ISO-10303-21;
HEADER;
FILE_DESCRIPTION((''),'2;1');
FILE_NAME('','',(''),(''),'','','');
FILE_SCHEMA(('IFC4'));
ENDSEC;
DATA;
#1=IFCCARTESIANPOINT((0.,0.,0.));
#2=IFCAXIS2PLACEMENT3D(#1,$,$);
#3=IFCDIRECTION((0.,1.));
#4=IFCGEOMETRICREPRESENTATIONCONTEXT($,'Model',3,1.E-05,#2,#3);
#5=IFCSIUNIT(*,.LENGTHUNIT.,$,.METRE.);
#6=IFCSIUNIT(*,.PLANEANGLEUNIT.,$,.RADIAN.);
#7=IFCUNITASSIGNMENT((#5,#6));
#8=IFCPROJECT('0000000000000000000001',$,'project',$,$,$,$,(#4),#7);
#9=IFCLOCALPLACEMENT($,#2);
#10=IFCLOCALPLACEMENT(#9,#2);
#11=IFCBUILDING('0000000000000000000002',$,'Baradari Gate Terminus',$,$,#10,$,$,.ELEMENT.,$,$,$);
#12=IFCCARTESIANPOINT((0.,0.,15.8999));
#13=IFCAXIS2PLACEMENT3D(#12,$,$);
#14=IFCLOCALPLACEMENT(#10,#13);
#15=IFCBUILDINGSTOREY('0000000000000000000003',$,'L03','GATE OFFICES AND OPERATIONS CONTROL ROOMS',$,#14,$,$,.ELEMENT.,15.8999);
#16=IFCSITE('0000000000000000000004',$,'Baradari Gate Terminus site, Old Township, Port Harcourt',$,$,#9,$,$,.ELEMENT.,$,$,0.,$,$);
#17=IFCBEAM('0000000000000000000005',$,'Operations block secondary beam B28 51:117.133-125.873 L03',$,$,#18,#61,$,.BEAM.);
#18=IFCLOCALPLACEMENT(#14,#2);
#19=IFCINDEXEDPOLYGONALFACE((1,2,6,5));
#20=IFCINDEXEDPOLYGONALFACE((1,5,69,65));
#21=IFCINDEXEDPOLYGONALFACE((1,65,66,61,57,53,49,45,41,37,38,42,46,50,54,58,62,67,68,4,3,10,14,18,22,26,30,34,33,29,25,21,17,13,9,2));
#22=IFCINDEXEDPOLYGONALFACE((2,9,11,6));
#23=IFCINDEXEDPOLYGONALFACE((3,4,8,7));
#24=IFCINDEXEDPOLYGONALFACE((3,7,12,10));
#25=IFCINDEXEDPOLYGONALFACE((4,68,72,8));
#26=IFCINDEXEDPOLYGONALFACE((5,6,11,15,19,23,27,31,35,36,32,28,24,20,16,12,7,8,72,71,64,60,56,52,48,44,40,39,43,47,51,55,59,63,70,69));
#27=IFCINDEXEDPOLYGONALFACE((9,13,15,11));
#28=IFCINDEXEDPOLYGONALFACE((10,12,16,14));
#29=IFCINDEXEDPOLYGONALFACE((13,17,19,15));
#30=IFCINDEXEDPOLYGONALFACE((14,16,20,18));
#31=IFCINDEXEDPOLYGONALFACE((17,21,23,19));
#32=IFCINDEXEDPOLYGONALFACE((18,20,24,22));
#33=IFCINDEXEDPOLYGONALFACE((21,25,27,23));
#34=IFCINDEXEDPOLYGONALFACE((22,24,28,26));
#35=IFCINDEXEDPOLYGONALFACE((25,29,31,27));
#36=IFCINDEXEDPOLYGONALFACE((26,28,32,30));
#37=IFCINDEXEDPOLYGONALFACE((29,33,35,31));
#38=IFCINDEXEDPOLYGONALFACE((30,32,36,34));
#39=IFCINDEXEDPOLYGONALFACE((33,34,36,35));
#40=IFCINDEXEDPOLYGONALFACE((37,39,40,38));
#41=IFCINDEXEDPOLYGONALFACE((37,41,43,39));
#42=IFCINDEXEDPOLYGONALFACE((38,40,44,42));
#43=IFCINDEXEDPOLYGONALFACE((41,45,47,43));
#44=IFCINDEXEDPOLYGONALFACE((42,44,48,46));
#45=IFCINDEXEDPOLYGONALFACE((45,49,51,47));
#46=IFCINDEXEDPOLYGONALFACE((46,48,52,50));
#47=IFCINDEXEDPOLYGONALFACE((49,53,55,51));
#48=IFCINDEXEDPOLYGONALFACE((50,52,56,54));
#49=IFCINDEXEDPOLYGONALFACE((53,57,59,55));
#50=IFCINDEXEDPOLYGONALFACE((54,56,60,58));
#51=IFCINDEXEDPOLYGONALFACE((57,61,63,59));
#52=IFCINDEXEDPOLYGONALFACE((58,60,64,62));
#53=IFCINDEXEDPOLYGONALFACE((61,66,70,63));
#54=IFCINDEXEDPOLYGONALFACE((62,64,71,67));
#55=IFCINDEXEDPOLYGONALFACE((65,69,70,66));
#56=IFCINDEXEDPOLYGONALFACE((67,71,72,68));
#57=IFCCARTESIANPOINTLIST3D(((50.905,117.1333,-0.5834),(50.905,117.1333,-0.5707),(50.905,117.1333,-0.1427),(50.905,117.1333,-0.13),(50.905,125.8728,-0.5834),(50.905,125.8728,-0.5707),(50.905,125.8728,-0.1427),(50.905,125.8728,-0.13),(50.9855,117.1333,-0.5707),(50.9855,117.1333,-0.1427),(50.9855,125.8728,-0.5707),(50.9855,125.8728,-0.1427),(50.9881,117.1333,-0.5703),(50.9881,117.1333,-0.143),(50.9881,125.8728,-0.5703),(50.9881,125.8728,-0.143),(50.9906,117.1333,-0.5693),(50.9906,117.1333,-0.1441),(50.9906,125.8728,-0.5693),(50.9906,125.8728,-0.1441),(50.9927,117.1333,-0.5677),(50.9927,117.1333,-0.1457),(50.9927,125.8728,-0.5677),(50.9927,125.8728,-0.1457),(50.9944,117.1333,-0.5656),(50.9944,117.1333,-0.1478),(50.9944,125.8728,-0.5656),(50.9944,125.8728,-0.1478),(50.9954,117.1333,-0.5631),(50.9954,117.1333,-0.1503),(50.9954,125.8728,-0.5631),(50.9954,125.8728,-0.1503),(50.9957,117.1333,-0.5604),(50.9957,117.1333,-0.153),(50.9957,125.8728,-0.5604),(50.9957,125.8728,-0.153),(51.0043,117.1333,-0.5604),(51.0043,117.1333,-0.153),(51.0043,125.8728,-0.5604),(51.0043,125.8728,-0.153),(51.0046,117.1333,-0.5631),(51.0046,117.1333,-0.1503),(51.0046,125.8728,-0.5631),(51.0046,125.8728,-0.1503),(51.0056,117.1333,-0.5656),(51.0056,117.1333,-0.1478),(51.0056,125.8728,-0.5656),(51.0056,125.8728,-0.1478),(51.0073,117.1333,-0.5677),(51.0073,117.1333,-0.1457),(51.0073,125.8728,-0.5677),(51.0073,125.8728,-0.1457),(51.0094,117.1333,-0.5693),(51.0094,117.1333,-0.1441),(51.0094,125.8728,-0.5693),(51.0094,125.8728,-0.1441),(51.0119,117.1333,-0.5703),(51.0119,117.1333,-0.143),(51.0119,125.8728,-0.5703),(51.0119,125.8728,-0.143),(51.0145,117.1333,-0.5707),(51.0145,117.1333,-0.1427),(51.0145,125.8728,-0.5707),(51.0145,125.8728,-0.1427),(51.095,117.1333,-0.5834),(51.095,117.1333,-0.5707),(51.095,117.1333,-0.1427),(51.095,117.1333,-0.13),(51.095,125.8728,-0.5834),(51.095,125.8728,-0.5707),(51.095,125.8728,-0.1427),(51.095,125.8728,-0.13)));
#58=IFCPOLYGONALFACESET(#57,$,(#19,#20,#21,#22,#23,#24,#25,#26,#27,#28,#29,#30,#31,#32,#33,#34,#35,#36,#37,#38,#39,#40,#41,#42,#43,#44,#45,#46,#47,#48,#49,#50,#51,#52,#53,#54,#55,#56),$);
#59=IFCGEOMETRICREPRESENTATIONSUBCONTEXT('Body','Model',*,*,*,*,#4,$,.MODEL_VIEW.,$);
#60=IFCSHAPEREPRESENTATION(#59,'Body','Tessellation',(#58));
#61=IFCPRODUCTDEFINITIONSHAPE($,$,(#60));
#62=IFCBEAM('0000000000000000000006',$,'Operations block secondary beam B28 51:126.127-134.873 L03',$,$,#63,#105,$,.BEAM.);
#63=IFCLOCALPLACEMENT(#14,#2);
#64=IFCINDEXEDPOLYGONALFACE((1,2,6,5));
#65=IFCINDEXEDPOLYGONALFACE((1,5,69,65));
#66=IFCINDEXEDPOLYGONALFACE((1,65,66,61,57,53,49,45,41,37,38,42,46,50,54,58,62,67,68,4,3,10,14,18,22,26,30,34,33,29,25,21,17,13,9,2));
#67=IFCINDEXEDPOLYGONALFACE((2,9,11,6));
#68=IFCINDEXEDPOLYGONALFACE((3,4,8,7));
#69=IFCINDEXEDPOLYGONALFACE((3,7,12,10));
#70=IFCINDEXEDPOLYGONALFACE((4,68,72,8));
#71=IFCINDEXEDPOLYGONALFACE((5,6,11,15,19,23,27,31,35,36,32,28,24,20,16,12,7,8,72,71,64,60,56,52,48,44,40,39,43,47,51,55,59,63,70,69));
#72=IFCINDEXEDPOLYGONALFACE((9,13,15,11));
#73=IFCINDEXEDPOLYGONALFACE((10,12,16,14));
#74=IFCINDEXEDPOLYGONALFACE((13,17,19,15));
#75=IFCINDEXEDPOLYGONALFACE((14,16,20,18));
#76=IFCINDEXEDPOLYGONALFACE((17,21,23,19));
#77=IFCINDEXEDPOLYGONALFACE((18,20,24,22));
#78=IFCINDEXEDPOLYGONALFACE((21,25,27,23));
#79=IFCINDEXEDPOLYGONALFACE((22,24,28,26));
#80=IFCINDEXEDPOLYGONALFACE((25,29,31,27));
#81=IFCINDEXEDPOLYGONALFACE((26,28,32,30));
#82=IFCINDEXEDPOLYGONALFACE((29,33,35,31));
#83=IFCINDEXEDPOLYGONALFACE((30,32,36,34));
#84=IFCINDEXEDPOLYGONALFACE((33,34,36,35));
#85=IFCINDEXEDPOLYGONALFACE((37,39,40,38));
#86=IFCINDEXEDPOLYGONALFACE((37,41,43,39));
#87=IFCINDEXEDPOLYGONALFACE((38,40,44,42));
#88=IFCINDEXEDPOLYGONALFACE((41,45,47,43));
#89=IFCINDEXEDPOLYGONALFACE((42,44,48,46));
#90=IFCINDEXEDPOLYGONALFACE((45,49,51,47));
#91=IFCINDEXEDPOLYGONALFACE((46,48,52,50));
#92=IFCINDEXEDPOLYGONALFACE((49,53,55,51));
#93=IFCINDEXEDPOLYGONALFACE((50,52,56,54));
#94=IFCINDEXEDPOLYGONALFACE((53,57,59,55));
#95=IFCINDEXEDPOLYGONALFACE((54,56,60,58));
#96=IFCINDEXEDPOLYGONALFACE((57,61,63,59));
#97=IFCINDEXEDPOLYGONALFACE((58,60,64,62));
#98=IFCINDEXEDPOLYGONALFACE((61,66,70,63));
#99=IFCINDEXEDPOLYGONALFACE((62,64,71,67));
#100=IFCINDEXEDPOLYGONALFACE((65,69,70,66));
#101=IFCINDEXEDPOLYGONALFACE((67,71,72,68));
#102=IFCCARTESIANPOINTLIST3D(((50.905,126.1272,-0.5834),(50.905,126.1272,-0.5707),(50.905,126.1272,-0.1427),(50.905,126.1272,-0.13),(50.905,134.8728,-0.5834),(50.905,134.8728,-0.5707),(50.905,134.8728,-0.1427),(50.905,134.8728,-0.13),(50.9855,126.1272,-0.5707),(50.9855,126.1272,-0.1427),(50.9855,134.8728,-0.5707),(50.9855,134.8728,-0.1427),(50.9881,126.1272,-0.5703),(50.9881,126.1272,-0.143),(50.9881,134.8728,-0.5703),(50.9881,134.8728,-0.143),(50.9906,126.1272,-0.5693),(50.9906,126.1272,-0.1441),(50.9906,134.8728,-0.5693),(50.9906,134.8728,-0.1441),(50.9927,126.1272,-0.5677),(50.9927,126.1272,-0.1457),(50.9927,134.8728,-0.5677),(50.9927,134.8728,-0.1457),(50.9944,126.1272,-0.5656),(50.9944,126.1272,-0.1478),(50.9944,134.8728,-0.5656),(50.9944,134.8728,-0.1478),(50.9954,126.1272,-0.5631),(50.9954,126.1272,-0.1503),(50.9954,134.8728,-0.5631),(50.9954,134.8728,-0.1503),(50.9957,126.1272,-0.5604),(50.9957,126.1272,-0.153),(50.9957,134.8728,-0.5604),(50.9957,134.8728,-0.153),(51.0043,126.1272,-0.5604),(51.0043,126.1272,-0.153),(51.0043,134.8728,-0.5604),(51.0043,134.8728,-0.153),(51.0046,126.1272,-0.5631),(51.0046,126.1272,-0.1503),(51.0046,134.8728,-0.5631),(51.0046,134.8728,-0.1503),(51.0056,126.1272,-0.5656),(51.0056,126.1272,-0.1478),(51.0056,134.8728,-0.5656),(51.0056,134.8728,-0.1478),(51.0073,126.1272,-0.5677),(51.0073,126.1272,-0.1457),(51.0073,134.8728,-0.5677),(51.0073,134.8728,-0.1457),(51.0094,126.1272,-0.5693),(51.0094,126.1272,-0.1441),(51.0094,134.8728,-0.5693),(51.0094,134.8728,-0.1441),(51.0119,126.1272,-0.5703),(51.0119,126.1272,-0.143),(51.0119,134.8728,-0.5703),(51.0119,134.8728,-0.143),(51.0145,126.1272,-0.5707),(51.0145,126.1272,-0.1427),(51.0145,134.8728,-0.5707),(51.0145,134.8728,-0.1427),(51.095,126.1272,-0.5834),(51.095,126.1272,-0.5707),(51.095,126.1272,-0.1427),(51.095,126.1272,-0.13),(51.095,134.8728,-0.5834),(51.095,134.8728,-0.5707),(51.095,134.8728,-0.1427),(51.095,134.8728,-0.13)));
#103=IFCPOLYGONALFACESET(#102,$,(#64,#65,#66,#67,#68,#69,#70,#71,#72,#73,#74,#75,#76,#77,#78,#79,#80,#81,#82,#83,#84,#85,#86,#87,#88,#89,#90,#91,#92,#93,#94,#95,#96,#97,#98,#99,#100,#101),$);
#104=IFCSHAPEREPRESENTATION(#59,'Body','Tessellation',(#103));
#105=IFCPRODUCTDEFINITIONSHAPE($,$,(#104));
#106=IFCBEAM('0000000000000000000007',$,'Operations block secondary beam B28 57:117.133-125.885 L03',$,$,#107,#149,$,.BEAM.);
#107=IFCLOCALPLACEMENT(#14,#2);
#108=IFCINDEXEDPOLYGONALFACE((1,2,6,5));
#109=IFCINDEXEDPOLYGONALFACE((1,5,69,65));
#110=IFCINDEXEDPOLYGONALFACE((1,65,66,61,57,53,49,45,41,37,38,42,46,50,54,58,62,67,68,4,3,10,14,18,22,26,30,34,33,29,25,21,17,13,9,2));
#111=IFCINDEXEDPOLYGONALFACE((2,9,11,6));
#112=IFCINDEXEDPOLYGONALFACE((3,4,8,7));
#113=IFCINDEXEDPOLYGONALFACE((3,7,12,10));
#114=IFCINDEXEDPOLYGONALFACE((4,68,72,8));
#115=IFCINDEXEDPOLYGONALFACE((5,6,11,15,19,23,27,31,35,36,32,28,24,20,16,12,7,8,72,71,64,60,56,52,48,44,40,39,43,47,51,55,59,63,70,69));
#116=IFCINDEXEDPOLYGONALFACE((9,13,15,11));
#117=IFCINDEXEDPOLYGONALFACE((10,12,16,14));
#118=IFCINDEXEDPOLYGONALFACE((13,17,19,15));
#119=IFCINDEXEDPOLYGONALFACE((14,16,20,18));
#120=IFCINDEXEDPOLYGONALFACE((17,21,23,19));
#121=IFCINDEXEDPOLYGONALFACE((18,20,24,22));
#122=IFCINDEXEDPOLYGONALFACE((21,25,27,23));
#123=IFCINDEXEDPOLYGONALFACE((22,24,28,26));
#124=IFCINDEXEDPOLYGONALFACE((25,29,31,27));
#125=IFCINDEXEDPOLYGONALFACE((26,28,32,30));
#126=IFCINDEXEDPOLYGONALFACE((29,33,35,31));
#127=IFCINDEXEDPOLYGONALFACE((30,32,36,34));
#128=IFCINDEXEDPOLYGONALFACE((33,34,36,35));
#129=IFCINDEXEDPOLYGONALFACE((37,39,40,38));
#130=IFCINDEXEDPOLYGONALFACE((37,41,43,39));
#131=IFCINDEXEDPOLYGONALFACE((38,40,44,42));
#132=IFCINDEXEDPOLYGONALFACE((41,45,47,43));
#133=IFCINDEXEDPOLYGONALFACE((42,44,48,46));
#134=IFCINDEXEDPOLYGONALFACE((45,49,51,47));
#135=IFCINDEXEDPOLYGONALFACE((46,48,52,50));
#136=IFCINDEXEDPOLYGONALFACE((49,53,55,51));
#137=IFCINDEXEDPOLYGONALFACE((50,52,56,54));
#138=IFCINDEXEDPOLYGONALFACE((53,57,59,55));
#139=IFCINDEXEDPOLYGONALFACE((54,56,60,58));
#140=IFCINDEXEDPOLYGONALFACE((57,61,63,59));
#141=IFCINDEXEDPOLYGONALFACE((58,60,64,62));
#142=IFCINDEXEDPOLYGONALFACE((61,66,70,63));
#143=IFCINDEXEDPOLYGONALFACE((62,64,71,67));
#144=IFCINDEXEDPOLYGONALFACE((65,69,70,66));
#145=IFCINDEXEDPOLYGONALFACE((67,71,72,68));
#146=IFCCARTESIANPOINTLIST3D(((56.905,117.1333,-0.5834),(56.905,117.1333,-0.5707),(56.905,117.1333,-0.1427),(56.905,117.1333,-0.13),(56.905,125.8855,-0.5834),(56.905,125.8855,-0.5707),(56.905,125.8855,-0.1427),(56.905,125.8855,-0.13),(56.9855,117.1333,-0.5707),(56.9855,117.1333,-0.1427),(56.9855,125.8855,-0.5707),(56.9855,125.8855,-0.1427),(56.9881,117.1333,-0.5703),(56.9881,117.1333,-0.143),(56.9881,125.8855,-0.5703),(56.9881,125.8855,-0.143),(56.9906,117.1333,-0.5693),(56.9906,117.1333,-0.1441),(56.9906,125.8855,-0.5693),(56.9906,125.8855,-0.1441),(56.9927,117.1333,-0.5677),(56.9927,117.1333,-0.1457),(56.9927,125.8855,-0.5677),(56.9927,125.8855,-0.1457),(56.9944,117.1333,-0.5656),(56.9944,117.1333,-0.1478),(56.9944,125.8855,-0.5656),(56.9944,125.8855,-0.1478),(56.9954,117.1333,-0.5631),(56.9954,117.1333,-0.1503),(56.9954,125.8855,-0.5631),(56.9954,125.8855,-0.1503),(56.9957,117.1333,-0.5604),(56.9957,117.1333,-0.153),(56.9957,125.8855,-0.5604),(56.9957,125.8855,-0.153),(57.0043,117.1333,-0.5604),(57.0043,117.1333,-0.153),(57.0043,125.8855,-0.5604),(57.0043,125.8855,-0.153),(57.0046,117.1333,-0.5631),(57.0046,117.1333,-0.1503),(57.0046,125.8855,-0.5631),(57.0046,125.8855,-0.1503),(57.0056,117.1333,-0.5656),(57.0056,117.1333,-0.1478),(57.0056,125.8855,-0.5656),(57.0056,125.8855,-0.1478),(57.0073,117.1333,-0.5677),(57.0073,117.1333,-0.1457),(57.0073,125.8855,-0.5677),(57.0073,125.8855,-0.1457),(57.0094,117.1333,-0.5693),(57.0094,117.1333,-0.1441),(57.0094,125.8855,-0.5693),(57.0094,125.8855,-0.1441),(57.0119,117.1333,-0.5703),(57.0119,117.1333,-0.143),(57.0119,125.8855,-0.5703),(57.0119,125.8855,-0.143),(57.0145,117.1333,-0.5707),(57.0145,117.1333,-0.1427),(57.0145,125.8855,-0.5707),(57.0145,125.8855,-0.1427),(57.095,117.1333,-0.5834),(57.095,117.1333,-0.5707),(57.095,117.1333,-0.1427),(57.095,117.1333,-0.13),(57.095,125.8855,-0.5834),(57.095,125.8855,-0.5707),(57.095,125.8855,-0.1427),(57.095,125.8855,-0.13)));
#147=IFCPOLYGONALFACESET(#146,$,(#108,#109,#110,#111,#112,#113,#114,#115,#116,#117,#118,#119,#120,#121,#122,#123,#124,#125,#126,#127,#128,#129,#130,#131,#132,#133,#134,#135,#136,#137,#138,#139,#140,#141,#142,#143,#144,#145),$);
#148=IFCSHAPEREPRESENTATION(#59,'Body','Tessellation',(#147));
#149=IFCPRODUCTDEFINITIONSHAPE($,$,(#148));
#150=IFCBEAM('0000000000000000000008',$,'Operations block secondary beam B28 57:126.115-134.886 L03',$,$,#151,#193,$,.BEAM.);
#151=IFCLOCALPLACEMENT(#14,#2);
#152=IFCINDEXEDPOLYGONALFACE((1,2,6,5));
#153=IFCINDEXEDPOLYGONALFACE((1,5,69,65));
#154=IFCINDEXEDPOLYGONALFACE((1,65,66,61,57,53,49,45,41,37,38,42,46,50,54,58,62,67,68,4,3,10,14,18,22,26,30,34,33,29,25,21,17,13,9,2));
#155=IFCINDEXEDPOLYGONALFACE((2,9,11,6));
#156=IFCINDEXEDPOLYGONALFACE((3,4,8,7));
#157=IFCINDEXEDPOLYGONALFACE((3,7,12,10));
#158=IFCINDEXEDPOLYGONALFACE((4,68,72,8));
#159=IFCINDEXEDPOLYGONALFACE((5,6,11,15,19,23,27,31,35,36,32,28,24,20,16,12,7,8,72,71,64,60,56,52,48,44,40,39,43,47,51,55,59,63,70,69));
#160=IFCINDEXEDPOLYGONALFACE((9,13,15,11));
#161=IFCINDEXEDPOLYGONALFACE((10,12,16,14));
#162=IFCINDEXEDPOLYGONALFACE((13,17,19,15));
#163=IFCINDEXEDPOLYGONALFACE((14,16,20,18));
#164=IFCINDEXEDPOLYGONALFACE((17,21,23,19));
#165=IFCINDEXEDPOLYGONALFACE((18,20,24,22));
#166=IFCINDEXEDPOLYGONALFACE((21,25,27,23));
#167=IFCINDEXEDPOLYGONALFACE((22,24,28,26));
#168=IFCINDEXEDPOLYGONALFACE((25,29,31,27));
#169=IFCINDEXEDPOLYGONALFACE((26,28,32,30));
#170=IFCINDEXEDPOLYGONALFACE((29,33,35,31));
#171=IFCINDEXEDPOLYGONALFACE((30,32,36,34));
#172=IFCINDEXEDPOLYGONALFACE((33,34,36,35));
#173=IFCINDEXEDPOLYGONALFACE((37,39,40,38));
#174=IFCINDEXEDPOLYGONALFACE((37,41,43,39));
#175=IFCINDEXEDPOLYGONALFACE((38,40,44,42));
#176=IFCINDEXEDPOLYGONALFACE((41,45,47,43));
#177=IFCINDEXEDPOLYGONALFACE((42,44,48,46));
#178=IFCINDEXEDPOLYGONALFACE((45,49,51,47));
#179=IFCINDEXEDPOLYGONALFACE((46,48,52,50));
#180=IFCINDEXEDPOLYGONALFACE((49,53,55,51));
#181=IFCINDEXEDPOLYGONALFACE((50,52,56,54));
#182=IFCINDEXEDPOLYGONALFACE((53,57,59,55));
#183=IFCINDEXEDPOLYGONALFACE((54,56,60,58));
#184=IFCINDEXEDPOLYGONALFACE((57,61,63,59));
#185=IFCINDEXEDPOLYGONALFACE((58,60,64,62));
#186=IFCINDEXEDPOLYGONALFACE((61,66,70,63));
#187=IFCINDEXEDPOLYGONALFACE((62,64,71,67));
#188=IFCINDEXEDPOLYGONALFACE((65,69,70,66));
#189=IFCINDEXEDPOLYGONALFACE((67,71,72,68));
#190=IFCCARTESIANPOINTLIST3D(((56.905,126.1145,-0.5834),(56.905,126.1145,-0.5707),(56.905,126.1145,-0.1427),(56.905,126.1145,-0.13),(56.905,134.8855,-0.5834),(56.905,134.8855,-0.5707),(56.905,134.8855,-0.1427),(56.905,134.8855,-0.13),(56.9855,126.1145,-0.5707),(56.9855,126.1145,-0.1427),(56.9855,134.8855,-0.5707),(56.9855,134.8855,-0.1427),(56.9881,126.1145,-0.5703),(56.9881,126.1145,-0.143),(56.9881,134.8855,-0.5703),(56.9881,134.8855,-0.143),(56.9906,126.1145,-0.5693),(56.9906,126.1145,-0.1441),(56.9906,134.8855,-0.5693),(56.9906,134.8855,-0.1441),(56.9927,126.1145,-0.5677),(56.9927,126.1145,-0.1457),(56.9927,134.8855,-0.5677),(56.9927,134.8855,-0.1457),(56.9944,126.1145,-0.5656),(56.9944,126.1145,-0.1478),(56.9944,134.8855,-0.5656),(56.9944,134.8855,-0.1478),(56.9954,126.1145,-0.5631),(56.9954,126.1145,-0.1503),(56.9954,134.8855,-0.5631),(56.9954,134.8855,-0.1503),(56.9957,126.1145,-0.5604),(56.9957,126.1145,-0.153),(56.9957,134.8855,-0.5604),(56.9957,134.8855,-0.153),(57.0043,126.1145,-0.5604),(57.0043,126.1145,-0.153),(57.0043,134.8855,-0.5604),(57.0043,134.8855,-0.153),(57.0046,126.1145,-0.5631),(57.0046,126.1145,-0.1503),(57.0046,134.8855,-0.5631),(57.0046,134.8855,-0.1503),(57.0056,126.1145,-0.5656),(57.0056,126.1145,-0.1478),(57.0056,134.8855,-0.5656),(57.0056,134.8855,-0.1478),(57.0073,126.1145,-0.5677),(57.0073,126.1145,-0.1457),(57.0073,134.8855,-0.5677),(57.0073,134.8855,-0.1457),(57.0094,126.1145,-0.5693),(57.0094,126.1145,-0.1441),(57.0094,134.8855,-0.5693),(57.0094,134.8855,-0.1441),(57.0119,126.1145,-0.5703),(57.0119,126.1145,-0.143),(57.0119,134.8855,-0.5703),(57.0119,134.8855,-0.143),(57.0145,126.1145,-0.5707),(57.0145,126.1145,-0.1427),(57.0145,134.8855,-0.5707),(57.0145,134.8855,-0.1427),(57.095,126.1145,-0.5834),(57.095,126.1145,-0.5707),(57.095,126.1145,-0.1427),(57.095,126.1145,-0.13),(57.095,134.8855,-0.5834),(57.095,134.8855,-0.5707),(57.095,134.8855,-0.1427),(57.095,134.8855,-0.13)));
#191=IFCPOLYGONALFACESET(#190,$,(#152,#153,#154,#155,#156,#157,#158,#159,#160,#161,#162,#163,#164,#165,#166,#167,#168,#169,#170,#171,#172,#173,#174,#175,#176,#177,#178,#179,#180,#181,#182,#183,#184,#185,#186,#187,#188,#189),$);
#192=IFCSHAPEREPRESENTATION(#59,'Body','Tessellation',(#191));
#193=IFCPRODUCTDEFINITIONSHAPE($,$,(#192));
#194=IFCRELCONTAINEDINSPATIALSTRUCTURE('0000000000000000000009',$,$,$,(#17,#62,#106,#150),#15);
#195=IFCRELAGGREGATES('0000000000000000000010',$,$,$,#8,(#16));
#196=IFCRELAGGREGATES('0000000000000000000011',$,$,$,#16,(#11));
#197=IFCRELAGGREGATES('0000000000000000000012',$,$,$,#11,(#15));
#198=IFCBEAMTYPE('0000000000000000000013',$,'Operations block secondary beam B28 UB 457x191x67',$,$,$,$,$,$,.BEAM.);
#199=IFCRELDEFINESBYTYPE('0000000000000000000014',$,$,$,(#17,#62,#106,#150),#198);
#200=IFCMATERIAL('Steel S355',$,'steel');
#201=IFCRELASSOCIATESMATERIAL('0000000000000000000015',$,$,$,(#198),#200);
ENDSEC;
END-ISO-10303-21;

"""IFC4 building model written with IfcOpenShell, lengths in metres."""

from ifc_helpers import new_model, si_unit, direction, frame, origin, origin_2d, place, context, subcontext, project, spatial, i_section, extrude, material, material_profile, profile_set, type_object, element, save


model = new_model("IFC4")

# Units and contexts
model_context = context("Model", 3, precision=1e-05, world=origin(), true_north=direction((0.0, 1.0)))
body_context = subcontext(model_context, "Body", "Model", "MODEL_VIEW")
ifc_project = project(units=[si_unit("LENGTHUNIT", "METRE"), si_unit("PLANEANGLEUNIT", "RADIAN")], contexts=[model_context])

# Site, building, storey
site_placement = place(None, origin())
site = spatial("IfcSite", under=ifc_project, at=site_placement, Name="Baradari Gate Terminus site, Old Township, Port Harcourt", CompositionType="ELEMENT", RefElevation=0.0)
building_placement = place(site_placement, origin())
building = spatial("IfcBuilding", under=site, at=building_placement, Name="Baradari Gate Terminus", CompositionType="ELEMENT")
storey_placement = place(building_placement, frame((0.0, 0.0, 15.8999)))
storey = spatial("IfcBuildingStorey", under=building, at=storey_placement, Name="L03", Description="GATE OFFICES AND OPERATIONS CONTROL ROOMS", CompositionType="ELEMENT", Elevation=15.8999)

# Beams
ifc_material_1 = material(Name="Steel S355", Category="steel")
ifc_material_profile_1 = material_profile(ifc_material_1, i_section(OverallWidth=0.1899, OverallDepth=0.4534, WebThickness=0.0085, FlangeThickness=0.0127, FilletRadius=0.0103, at=origin_2d()), Name="UB 457x191x67")
ifc_profile_set_1 = profile_set([ifc_material_profile_1], Name="Steel S355")
beam_type_1 = type_object("IfcBeamType", Name="Operations block secondary beam B28 UB 457x191x67", PredefinedType="BEAM", material=ifc_profile_set_1)
beam_1_placement = place(storey_placement, frame((51.0, 117.1333, -0.3567), z_axis=(0.0, 1.0, 0.0), x_axis=(-1.0, 0.0, 0.0)))
element("IfcBeam", 1, at=beam_1_placement, inside=storey, type_object=beam_type_1, Name="Operations block secondary beam B28 51:117.133-125.873 L03", PredefinedType="BEAM", context=body_context, shape_type="SweptSolid", body=[
    extrude(i_section(OverallWidth=0.1899, OverallDepth=0.4534, WebThickness=0.0085, FlangeThickness=0.0127, FilletRadius=0.0103, at=origin_2d()), origin(), (0.0, 0.0, 1.0), 8.7395),
])
beam_2_placement = place(storey_placement, frame((51.0, 126.1272, -0.3567), z_axis=(0.0, 1.0, 0.0), x_axis=(-1.0, 0.0, 0.0)))
element("IfcBeam", 2, at=beam_2_placement, inside=storey, type_object=beam_type_1, Name="Operations block secondary beam B28 51:126.127-134.873 L03", PredefinedType="BEAM", context=body_context, shape_type="SweptSolid", body=[
    extrude(i_section(OverallWidth=0.1899, OverallDepth=0.4534, WebThickness=0.0085, FlangeThickness=0.0127, FilletRadius=0.0103, at=origin_2d()), origin(), (0.0, 0.0, 1.0), 8.7456),
])
beam_3_placement = place(storey_placement, frame((57.0, 117.1333, -0.3567), z_axis=(0.0, 1.0, 0.0), x_axis=(-1.0, 0.0, 0.0)))
element("IfcBeam", 3, at=beam_3_placement, inside=storey, type_object=beam_type_1, Name="Operations block secondary beam B28 57:117.133-125.885 L03", PredefinedType="BEAM", context=body_context, shape_type="SweptSolid", body=[
    extrude(i_section(OverallWidth=0.1899, OverallDepth=0.4534, WebThickness=0.0085, FlangeThickness=0.0127, FilletRadius=0.0103, at=origin_2d()), origin(), (0.0, 0.0, 1.0), 8.7522),
])
beam_4_placement = place(storey_placement, frame((57.0, 126.1145, -0.3567), z_axis=(0.0, 1.0, 0.0), x_axis=(-1.0, 0.0, 0.0)))
element("IfcBeam", 4, at=beam_4_placement, inside=storey, type_object=beam_type_1, Name="Operations block secondary beam B28 57:126.115-134.886 L03", PredefinedType="BEAM", context=body_context, shape_type="SweptSolid", body=[
    extrude(i_section(OverallWidth=0.1899, OverallDepth=0.4534, WebThickness=0.0085, FlangeThickness=0.0127, FilletRadius=0.0103, at=origin_2d()), origin(), (0.0, 0.0, 1.0), 8.771),
])

save(model, "model.ifc")
